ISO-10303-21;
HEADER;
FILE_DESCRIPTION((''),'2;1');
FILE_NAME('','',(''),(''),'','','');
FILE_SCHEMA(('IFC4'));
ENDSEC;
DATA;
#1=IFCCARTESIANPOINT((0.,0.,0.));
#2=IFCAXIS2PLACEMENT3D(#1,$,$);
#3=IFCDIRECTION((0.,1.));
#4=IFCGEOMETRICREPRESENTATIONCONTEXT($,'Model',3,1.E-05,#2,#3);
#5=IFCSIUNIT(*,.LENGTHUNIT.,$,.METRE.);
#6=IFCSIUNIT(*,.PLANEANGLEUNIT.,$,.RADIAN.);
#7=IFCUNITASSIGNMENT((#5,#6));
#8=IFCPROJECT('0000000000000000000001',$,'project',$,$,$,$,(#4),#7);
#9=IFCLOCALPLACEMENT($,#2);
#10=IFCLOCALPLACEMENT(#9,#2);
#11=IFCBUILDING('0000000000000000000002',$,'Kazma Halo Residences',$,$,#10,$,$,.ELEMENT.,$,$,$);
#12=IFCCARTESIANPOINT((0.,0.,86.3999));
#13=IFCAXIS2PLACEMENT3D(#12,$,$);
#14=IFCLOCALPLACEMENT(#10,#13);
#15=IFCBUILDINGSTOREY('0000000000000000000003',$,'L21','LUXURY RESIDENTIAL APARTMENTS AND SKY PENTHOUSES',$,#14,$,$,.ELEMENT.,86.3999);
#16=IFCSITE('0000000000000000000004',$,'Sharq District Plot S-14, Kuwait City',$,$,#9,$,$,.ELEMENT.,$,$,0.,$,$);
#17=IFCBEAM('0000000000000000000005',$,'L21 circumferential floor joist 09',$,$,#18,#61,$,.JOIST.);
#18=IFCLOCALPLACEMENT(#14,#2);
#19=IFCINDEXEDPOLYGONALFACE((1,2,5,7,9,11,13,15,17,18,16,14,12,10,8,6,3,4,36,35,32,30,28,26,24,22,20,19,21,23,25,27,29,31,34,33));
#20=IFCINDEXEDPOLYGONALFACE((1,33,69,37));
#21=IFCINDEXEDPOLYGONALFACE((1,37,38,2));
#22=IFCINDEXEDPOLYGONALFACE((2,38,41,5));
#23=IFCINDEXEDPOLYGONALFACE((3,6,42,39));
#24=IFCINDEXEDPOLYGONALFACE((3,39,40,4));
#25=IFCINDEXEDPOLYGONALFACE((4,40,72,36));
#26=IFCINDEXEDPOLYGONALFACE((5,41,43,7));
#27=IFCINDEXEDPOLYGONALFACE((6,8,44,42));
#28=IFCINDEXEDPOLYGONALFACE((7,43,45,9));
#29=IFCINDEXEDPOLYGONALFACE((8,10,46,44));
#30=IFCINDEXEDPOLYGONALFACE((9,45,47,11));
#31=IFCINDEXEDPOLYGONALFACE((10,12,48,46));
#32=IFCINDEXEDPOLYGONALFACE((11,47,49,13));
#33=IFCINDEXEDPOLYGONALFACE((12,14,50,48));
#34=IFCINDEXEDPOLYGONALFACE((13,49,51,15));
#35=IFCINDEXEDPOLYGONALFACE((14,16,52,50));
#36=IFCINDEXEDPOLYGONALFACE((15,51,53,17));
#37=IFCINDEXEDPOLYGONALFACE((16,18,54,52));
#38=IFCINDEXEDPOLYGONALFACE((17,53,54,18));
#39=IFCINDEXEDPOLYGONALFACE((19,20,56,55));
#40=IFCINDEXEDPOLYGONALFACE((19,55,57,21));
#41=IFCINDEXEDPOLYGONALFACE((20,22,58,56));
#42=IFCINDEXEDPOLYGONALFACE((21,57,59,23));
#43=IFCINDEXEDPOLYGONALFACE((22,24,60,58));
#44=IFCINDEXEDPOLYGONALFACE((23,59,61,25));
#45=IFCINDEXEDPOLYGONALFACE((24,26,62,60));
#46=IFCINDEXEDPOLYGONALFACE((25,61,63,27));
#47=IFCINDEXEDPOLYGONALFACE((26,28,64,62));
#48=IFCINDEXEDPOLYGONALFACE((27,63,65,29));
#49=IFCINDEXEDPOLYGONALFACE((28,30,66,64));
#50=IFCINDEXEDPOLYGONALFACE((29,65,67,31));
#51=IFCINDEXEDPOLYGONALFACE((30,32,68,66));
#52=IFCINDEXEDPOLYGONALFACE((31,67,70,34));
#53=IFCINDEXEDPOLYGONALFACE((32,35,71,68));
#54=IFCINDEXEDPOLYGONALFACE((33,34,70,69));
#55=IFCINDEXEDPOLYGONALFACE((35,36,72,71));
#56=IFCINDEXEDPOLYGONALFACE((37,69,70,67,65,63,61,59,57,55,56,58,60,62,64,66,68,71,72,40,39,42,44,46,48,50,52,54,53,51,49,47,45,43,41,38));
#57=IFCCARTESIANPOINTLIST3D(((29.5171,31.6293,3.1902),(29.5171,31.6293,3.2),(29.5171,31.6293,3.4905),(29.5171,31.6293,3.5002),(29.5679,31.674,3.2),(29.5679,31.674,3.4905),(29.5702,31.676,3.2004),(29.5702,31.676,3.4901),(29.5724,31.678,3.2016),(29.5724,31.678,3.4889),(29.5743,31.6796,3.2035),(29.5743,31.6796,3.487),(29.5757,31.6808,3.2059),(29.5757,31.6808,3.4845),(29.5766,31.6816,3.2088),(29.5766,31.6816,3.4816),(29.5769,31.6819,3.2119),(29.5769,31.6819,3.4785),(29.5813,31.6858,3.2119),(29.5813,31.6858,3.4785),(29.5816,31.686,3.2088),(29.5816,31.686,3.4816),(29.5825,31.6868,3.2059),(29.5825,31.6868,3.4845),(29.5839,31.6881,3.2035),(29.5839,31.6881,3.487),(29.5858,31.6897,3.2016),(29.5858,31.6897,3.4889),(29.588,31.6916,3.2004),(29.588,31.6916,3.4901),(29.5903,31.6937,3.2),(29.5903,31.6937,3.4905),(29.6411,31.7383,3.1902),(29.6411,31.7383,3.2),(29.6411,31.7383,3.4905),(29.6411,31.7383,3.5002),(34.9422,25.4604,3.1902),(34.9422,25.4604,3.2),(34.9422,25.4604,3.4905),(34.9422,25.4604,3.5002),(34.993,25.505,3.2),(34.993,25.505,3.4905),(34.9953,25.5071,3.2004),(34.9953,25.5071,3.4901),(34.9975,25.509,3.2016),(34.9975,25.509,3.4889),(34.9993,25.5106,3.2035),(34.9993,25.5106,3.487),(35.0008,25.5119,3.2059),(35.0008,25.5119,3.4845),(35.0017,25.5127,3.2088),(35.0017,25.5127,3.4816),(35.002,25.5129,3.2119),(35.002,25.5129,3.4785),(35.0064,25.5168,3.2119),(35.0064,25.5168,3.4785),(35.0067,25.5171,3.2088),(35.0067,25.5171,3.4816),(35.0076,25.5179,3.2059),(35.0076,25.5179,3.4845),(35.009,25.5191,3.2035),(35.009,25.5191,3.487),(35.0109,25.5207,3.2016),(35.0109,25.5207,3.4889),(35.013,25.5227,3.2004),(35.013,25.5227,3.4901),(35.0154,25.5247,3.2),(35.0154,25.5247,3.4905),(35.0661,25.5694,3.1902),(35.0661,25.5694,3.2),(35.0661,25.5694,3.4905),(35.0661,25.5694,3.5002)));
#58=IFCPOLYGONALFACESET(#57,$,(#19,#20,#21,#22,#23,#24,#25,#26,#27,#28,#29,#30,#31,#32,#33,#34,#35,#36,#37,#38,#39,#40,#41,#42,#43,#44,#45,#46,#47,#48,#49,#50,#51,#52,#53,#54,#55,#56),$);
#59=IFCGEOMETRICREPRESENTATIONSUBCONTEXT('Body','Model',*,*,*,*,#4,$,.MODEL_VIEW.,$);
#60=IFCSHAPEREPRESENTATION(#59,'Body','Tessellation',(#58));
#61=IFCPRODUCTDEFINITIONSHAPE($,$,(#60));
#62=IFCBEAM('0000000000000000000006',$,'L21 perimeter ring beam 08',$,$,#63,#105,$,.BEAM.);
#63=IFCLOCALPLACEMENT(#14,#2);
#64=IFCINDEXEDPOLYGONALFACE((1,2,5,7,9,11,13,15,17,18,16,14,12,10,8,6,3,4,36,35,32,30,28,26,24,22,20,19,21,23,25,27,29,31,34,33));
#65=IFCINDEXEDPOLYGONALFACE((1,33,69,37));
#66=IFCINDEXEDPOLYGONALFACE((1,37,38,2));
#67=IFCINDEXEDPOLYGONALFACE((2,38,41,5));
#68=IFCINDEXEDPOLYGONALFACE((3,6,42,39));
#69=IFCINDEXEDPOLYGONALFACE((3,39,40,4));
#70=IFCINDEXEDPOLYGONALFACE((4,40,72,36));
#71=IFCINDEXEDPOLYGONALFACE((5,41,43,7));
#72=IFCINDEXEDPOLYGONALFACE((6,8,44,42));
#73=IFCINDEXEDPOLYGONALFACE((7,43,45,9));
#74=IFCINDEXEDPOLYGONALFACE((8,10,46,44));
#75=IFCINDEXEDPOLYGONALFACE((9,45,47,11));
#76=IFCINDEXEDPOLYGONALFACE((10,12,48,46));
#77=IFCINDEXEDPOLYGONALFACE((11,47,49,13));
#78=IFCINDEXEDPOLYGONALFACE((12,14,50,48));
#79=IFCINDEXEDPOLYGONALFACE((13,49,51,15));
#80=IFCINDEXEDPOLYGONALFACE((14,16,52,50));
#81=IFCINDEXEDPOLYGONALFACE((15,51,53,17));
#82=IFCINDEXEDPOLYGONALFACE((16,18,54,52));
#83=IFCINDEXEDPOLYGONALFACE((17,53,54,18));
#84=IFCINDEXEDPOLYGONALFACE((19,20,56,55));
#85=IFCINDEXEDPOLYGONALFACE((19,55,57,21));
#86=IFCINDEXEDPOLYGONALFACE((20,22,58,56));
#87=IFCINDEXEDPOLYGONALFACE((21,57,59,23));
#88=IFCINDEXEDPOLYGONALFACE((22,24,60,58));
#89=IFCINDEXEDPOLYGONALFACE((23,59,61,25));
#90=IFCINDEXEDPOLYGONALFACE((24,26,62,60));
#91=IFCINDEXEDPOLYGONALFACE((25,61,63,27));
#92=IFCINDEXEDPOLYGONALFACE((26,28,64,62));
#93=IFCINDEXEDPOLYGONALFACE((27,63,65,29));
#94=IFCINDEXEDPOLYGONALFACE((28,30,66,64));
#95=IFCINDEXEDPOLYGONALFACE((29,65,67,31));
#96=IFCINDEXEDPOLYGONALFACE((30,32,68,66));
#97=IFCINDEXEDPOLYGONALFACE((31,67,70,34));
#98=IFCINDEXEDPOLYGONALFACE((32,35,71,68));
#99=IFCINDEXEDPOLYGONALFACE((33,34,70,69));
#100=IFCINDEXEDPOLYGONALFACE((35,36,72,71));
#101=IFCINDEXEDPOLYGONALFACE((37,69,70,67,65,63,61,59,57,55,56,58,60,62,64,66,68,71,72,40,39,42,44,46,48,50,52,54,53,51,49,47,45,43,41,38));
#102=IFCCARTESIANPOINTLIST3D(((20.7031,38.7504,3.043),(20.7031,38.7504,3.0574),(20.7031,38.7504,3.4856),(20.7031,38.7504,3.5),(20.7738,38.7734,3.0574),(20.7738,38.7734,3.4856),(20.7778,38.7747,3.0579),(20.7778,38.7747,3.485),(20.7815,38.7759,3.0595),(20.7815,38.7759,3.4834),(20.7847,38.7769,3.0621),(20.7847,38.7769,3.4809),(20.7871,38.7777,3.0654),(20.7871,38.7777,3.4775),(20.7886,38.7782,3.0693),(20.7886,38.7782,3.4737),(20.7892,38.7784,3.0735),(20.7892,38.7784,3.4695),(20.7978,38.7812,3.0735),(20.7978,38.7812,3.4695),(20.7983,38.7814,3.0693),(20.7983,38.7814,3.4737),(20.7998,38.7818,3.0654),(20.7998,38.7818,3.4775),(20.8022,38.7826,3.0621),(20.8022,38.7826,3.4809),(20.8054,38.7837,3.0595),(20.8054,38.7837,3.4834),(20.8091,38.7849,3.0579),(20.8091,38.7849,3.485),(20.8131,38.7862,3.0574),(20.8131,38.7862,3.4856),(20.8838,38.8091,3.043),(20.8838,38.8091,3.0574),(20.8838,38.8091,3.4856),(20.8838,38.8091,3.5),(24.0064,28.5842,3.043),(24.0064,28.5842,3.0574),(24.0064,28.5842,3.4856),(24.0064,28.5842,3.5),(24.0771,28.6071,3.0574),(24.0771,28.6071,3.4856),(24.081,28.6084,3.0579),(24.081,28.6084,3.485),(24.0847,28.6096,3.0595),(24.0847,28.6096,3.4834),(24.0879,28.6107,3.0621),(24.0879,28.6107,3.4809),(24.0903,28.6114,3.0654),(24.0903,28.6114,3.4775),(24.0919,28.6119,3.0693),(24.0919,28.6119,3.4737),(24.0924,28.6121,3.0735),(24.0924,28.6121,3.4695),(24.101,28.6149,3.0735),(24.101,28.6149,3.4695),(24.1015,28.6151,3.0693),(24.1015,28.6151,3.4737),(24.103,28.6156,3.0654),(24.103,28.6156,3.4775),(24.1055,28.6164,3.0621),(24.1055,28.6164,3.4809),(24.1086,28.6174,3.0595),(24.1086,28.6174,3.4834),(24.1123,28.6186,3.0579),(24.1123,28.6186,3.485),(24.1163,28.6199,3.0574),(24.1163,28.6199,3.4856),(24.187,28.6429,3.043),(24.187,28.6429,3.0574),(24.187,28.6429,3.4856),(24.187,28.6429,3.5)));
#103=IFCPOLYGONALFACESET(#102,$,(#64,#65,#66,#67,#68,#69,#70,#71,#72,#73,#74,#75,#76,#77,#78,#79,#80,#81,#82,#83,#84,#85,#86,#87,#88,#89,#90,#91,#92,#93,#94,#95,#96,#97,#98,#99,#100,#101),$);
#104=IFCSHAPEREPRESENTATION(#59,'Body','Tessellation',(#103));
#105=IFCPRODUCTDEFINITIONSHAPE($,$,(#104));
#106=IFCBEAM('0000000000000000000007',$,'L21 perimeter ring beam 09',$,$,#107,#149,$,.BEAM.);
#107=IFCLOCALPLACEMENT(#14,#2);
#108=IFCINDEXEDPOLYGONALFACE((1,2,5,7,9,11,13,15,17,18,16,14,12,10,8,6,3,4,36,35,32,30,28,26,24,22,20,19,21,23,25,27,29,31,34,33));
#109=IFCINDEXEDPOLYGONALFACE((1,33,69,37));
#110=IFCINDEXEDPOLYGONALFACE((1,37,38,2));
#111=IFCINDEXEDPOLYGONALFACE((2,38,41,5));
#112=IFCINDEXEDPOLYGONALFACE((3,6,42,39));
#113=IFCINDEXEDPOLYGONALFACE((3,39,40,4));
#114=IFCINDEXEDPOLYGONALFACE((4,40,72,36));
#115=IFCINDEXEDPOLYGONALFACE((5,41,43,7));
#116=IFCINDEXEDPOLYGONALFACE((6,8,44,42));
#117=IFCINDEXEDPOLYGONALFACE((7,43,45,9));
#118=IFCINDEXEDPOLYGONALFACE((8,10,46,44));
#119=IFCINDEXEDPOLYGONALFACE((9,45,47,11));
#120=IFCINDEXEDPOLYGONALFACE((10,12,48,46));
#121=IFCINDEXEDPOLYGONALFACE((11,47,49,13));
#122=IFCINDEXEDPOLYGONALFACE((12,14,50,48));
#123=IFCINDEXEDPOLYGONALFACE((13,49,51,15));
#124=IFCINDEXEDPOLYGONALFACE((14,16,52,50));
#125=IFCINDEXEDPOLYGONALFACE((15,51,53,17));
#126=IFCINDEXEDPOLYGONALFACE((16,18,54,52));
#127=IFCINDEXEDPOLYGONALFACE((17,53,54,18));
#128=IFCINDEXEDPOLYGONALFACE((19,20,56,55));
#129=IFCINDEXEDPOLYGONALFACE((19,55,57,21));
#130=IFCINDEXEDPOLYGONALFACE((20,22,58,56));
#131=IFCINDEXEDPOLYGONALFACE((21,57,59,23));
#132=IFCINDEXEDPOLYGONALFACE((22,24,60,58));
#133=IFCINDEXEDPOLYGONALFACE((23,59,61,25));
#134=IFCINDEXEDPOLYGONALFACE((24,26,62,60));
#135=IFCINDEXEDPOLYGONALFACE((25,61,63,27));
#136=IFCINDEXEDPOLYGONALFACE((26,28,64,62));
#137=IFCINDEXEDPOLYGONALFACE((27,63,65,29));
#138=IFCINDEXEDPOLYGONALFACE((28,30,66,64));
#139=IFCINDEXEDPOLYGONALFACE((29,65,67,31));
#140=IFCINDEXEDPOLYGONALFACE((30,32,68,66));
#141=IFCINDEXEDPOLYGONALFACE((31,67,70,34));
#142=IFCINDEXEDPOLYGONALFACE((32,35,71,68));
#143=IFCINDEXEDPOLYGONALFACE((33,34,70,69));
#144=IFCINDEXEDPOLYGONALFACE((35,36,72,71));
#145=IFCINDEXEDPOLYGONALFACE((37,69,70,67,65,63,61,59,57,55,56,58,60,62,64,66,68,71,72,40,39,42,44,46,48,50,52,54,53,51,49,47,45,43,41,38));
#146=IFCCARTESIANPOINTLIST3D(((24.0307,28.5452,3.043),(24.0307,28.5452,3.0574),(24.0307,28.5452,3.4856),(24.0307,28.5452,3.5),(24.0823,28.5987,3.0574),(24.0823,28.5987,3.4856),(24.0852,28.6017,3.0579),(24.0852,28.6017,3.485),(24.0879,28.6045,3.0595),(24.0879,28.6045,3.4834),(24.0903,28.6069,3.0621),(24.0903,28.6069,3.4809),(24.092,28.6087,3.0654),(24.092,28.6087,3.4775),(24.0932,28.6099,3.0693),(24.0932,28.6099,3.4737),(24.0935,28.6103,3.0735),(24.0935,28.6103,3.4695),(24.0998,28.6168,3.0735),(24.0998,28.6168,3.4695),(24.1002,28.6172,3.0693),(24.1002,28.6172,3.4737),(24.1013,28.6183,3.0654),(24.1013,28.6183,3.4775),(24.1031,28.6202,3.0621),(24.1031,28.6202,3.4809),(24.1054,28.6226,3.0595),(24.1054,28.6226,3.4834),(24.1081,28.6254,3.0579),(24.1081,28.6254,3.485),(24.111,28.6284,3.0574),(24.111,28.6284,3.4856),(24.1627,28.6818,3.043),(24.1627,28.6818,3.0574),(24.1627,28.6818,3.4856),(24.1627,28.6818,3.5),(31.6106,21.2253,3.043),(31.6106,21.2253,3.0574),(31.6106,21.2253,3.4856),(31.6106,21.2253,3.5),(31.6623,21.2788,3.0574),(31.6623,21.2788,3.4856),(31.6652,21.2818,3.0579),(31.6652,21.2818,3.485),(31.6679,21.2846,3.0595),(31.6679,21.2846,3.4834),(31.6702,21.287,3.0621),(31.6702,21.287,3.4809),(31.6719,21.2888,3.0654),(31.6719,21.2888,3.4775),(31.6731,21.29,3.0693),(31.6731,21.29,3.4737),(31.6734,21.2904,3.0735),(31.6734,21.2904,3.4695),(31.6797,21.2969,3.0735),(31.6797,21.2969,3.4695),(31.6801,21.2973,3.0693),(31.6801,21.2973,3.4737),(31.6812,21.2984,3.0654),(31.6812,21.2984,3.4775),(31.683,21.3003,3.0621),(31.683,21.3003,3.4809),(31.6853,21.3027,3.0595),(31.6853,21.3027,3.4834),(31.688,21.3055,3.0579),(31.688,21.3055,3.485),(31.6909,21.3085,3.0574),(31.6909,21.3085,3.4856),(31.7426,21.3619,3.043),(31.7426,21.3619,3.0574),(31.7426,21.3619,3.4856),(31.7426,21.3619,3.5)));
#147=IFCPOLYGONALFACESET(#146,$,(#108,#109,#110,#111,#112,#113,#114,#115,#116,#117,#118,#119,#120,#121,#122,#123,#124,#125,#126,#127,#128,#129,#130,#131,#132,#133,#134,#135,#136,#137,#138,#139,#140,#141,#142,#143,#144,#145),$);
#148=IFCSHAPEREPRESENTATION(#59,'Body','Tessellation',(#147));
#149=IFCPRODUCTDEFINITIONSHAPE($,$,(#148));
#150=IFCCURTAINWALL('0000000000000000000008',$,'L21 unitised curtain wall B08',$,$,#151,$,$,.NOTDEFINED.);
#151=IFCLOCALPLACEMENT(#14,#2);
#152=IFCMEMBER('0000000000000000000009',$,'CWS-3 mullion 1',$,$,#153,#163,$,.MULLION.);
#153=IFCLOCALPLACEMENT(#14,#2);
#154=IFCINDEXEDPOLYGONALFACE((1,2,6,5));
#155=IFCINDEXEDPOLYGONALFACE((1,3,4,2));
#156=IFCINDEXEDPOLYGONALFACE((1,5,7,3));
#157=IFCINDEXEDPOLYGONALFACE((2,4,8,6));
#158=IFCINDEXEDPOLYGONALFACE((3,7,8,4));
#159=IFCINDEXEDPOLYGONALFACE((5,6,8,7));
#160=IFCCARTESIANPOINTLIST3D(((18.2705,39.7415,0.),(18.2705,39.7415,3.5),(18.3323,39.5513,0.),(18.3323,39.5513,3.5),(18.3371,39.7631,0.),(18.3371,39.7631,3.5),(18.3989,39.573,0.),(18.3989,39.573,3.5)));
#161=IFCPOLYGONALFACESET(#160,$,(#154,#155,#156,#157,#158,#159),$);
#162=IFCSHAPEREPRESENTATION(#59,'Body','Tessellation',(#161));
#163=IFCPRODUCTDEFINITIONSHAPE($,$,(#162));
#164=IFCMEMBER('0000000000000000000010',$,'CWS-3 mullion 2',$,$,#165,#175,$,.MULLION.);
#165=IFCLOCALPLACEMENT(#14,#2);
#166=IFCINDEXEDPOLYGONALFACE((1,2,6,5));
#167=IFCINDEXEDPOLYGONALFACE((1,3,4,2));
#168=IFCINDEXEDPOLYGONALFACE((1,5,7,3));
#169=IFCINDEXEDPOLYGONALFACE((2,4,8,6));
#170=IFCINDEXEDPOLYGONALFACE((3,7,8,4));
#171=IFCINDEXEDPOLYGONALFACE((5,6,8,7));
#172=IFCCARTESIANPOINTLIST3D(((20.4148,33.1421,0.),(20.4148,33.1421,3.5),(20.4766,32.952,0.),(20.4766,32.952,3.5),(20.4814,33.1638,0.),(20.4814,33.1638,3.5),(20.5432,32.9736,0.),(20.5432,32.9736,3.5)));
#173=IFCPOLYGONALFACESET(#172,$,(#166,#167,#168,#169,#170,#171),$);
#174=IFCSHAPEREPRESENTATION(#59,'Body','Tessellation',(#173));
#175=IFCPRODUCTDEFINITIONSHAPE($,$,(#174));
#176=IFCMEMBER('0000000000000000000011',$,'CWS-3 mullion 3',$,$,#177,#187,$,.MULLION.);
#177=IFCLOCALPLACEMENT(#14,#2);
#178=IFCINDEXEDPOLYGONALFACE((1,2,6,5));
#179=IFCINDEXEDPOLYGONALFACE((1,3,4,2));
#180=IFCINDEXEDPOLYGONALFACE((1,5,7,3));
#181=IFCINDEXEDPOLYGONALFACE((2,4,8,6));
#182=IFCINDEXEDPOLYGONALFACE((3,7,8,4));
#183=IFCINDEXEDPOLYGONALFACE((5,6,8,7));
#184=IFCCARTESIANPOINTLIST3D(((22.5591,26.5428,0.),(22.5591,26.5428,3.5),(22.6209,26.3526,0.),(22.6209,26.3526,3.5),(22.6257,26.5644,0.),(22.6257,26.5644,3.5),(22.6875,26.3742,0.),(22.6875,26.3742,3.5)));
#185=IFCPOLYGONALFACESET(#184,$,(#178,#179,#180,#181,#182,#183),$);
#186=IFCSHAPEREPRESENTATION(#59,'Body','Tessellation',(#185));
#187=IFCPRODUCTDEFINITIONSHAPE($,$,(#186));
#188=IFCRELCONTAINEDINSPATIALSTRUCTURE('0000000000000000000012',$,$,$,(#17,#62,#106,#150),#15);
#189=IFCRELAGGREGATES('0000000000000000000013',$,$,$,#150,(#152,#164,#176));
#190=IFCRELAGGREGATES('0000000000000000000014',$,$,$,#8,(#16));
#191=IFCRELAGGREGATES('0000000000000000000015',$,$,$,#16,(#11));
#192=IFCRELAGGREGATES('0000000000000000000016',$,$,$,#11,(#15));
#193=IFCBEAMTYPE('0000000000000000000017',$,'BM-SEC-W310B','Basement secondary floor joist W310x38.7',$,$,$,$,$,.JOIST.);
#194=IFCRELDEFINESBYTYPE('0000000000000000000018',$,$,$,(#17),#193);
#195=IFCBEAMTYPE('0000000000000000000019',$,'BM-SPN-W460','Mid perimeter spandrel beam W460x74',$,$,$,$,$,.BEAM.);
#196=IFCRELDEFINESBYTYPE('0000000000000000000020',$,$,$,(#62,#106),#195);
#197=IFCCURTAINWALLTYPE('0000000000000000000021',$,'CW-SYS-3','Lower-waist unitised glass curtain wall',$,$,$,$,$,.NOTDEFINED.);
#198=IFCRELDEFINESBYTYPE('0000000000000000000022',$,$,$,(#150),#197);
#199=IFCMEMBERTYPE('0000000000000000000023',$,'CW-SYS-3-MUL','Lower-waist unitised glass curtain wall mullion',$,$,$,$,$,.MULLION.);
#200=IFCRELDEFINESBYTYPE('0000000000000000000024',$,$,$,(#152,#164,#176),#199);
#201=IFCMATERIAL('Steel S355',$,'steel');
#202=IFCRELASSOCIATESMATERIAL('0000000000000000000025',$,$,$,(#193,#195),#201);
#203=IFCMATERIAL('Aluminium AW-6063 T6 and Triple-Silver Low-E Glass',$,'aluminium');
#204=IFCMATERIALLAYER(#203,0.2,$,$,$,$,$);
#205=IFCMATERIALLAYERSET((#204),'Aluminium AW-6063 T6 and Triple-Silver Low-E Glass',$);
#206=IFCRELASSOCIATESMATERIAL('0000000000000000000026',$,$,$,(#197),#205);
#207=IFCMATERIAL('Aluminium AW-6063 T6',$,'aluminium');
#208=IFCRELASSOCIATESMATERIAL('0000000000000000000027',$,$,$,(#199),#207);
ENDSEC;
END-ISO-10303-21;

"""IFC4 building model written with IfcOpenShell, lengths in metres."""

from ifc_helpers import new_model, si_unit, direction, frame, origin, origin_2d, place, context, subcontext, project, spatial, rectangle, i_section, extrude, material, layer, layer_set, material_profile, profile_set, type_object, element, aggregate, save


model = new_model("IFC4")

# Units and contexts
model_context = context("Model", 3, precision=1e-05, world=origin(), true_north=direction((0.0, 1.0)))
body_context = subcontext(model_context, "Body", "Model", "MODEL_VIEW")
ifc_project = project(units=[si_unit("LENGTHUNIT", "METRE"), si_unit("PLANEANGLEUNIT", "RADIAN")], contexts=[model_context])

# Site, building, storey
site_placement = place(None, origin())
site = spatial("IfcSite", under=ifc_project, at=site_placement, Name="Sharq District Plot S-14, Kuwait City", CompositionType="ELEMENT", RefElevation=0.0)
building_placement = place(site_placement, origin())
building = spatial("IfcBuilding", under=site, at=building_placement, Name="Kazma Halo Residences", CompositionType="ELEMENT")
storey_placement = place(building_placement, frame((0.0, 0.0, 86.3999)))
storey = spatial("IfcBuildingStorey", under=building, at=storey_placement, Name="L21", Description="LUXURY RESIDENTIAL APARTMENTS AND SKY PENTHOUSES", CompositionType="ELEMENT", Elevation=86.3999)

# Beams
ifc_material_1 = material(Name="Steel S355", Category="steel")
ifc_material_profile_1 = material_profile(ifc_material_1, i_section(OverallWidth=0.165, OverallDepth=0.3101, WebThickness=0.0059, FlangeThickness=0.0098, FilletRadius=0.012, at=origin_2d()), Name="W310x38.7")
ifc_profile_set_1 = profile_set([ifc_material_profile_1], Name="Steel S355")
beam_type_1 = type_object("IfcBeamType", Name="BM-SEC-W310B", Description="Basement secondary floor joist W310x38.7", PredefinedType="JOIST", material=ifc_profile_set_1)
beam_1_placement = place(storey_placement, frame((29.5791, 31.6838, 3.3452), z_axis=(0.660379, -0.750932, 0.0), x_axis=(0.750932, 0.660379, 0.0)))
element("IfcBeam", 1, at=beam_1_placement, inside=storey, type_object=beam_type_1, Name="L21 circumferential floor joist 09", PredefinedType="JOIST", context=body_context, shape_type="SweptSolid", body=[
    extrude(i_section(OverallWidth=0.165, OverallDepth=0.3101, WebThickness=0.0059, FlangeThickness=0.0098, FilletRadius=0.012, at=origin_2d()), origin(), (0.0, 0.0, 1.0), 8.2151),
])
ifc_material_profile_2 = material_profile(ifc_material_1, i_section(OverallWidth=0.1899, OverallDepth=0.457, WebThickness=0.009, FlangeThickness=0.0144, FilletRadius=0.0161, at=origin_2d()), Name="W460x74")
ifc_profile_set_2 = profile_set([ifc_material_profile_2], Name="Steel S355")
beam_type_2 = type_object("IfcBeamType", Name="BM-SPN-W460", Description="Mid perimeter spandrel beam W460x74", PredefinedType="BEAM", material=ifc_profile_set_2)
beam_2_placement = place(storey_placement, frame((20.7935, 38.7798, 3.2715), z_axis=(0.309017, -0.951056, 0.0), x_axis=(0.951056, 0.309017, 0.0)))
element("IfcBeam", 2, at=beam_2_placement, inside=storey, type_object=beam_type_2, Name="L21 perimeter ring beam 08", PredefinedType="BEAM", context=body_context, shape_type="SweptSolid", body=[
    extrude(i_section(OverallWidth=0.1899, OverallDepth=0.457, WebThickness=0.009, FlangeThickness=0.0144, FilletRadius=0.0161, at=origin_2d()), origin(), (0.0, 0.0, 1.0), 10.6895),
])
beam_3_placement = place(storey_placement, frame((24.0967, 28.6135, 3.2715), z_axis=(0.719337, -0.694661, 0.0), x_axis=(0.694661, 0.719337, 0.0)))
element("IfcBeam", 3, at=beam_3_placement, inside=storey, type_object=beam_type_2, Name="L21 perimeter ring beam 09", PredefinedType="BEAM", context=body_context, shape_type="SweptSolid", body=[
    extrude(i_section(OverallWidth=0.1899, OverallDepth=0.457, WebThickness=0.009, FlangeThickness=0.0144, FilletRadius=0.0161, at=origin_2d()), origin(), (0.0, 0.0, 1.0), 10.5374),
])

# Curtain wall, members
ifc_material_2 = material(Name="Aluminium AW-6063 T6 and Triple-Silver Low-E Glass", Category="aluminium")
ifc_layer_1 = layer(ifc_material_2, 0.2)
ifc_layer_set_1 = layer_set([ifc_layer_1], Name="Aluminium AW-6063 T6 and Triple-Silver Low-E Glass")
curtain_wall_type = type_object("IfcCurtainWallType", Name="CW-SYS-3", Description="Lower-waist unitised glass curtain wall", PredefinedType="NOTDEFINED", material=ifc_layer_set_1)
curtain_wall_placement = place(storey_placement, origin())
curtain_wall = element("IfcCurtainWall", 4, at=curtain_wall_placement, inside=storey, type_object=curtain_wall_type, Name="L21 unitised curtain wall B08", PredefinedType="NOTDEFINED")
ifc_material_3 = material(Name="Aluminium AW-6063 T6", Category="aluminium")
ifc_material_profile_3 = material_profile(ifc_material_3, rectangle(XDim=0.0701, YDim=0.2, at=origin_2d()), Name="CWM-70x200")
ifc_profile_set_3 = profile_set([ifc_material_profile_3], Name="Aluminium AW-6063 T6")
member_type_1 = type_object("IfcMemberType", Name="CW-SYS-3-MUL", Description="Lower-waist unitised glass curtain wall mullion", PredefinedType="MULLION", material=ifc_profile_set_3)
member_1_placement = place(storey_placement, frame((18.3347, 39.6572, 0.0), z_axis=(0.0, 0.0, 1.0), x_axis=(0.951058, 0.309013, 0.0)))
member_1 = element("IfcMember", 5, at=member_1_placement, type_object=member_type_1, Name="CWS-3 mullion 1", PredefinedType="MULLION", context=body_context, shape_type="SweptSolid", body=[
    extrude(rectangle(XDim=0.0701, YDim=0.2, at=origin_2d()), origin(), (0.0, 0.0, 1.0), 3.5),
])
member_2_placement = place(storey_placement, frame((20.479, 33.0579, 0.0), z_axis=(0.0, 0.0, 1.0), x_axis=(0.951058, 0.309013, 0.0)))
member_2 = element("IfcMember", 6, at=member_2_placement, type_object=member_type_1, Name="CWS-3 mullion 2", PredefinedType="MULLION", context=body_context, shape_type="SweptSolid", body=[
    extrude(rectangle(XDim=0.0701, YDim=0.2, at=origin_2d()), origin(), (0.0, 0.0, 1.0), 3.5),
])
member_3_placement = place(storey_placement, frame((22.6233, 26.4585, 0.0), z_axis=(0.0, 0.0, 1.0), x_axis=(0.951058, 0.309013, 0.0)))
member_3 = element("IfcMember", 7, at=member_3_placement, type_object=member_type_1, Name="CWS-3 mullion 3", PredefinedType="MULLION", context=body_context, shape_type="SweptSolid", body=[
    extrude(rectangle(XDim=0.0701, YDim=0.2, at=origin_2d()), origin(), (0.0, 0.0, 1.0), 3.5),
])
aggregate(curtain_wall, [member_1, member_2, member_3])

save(model, "model.ifc")
